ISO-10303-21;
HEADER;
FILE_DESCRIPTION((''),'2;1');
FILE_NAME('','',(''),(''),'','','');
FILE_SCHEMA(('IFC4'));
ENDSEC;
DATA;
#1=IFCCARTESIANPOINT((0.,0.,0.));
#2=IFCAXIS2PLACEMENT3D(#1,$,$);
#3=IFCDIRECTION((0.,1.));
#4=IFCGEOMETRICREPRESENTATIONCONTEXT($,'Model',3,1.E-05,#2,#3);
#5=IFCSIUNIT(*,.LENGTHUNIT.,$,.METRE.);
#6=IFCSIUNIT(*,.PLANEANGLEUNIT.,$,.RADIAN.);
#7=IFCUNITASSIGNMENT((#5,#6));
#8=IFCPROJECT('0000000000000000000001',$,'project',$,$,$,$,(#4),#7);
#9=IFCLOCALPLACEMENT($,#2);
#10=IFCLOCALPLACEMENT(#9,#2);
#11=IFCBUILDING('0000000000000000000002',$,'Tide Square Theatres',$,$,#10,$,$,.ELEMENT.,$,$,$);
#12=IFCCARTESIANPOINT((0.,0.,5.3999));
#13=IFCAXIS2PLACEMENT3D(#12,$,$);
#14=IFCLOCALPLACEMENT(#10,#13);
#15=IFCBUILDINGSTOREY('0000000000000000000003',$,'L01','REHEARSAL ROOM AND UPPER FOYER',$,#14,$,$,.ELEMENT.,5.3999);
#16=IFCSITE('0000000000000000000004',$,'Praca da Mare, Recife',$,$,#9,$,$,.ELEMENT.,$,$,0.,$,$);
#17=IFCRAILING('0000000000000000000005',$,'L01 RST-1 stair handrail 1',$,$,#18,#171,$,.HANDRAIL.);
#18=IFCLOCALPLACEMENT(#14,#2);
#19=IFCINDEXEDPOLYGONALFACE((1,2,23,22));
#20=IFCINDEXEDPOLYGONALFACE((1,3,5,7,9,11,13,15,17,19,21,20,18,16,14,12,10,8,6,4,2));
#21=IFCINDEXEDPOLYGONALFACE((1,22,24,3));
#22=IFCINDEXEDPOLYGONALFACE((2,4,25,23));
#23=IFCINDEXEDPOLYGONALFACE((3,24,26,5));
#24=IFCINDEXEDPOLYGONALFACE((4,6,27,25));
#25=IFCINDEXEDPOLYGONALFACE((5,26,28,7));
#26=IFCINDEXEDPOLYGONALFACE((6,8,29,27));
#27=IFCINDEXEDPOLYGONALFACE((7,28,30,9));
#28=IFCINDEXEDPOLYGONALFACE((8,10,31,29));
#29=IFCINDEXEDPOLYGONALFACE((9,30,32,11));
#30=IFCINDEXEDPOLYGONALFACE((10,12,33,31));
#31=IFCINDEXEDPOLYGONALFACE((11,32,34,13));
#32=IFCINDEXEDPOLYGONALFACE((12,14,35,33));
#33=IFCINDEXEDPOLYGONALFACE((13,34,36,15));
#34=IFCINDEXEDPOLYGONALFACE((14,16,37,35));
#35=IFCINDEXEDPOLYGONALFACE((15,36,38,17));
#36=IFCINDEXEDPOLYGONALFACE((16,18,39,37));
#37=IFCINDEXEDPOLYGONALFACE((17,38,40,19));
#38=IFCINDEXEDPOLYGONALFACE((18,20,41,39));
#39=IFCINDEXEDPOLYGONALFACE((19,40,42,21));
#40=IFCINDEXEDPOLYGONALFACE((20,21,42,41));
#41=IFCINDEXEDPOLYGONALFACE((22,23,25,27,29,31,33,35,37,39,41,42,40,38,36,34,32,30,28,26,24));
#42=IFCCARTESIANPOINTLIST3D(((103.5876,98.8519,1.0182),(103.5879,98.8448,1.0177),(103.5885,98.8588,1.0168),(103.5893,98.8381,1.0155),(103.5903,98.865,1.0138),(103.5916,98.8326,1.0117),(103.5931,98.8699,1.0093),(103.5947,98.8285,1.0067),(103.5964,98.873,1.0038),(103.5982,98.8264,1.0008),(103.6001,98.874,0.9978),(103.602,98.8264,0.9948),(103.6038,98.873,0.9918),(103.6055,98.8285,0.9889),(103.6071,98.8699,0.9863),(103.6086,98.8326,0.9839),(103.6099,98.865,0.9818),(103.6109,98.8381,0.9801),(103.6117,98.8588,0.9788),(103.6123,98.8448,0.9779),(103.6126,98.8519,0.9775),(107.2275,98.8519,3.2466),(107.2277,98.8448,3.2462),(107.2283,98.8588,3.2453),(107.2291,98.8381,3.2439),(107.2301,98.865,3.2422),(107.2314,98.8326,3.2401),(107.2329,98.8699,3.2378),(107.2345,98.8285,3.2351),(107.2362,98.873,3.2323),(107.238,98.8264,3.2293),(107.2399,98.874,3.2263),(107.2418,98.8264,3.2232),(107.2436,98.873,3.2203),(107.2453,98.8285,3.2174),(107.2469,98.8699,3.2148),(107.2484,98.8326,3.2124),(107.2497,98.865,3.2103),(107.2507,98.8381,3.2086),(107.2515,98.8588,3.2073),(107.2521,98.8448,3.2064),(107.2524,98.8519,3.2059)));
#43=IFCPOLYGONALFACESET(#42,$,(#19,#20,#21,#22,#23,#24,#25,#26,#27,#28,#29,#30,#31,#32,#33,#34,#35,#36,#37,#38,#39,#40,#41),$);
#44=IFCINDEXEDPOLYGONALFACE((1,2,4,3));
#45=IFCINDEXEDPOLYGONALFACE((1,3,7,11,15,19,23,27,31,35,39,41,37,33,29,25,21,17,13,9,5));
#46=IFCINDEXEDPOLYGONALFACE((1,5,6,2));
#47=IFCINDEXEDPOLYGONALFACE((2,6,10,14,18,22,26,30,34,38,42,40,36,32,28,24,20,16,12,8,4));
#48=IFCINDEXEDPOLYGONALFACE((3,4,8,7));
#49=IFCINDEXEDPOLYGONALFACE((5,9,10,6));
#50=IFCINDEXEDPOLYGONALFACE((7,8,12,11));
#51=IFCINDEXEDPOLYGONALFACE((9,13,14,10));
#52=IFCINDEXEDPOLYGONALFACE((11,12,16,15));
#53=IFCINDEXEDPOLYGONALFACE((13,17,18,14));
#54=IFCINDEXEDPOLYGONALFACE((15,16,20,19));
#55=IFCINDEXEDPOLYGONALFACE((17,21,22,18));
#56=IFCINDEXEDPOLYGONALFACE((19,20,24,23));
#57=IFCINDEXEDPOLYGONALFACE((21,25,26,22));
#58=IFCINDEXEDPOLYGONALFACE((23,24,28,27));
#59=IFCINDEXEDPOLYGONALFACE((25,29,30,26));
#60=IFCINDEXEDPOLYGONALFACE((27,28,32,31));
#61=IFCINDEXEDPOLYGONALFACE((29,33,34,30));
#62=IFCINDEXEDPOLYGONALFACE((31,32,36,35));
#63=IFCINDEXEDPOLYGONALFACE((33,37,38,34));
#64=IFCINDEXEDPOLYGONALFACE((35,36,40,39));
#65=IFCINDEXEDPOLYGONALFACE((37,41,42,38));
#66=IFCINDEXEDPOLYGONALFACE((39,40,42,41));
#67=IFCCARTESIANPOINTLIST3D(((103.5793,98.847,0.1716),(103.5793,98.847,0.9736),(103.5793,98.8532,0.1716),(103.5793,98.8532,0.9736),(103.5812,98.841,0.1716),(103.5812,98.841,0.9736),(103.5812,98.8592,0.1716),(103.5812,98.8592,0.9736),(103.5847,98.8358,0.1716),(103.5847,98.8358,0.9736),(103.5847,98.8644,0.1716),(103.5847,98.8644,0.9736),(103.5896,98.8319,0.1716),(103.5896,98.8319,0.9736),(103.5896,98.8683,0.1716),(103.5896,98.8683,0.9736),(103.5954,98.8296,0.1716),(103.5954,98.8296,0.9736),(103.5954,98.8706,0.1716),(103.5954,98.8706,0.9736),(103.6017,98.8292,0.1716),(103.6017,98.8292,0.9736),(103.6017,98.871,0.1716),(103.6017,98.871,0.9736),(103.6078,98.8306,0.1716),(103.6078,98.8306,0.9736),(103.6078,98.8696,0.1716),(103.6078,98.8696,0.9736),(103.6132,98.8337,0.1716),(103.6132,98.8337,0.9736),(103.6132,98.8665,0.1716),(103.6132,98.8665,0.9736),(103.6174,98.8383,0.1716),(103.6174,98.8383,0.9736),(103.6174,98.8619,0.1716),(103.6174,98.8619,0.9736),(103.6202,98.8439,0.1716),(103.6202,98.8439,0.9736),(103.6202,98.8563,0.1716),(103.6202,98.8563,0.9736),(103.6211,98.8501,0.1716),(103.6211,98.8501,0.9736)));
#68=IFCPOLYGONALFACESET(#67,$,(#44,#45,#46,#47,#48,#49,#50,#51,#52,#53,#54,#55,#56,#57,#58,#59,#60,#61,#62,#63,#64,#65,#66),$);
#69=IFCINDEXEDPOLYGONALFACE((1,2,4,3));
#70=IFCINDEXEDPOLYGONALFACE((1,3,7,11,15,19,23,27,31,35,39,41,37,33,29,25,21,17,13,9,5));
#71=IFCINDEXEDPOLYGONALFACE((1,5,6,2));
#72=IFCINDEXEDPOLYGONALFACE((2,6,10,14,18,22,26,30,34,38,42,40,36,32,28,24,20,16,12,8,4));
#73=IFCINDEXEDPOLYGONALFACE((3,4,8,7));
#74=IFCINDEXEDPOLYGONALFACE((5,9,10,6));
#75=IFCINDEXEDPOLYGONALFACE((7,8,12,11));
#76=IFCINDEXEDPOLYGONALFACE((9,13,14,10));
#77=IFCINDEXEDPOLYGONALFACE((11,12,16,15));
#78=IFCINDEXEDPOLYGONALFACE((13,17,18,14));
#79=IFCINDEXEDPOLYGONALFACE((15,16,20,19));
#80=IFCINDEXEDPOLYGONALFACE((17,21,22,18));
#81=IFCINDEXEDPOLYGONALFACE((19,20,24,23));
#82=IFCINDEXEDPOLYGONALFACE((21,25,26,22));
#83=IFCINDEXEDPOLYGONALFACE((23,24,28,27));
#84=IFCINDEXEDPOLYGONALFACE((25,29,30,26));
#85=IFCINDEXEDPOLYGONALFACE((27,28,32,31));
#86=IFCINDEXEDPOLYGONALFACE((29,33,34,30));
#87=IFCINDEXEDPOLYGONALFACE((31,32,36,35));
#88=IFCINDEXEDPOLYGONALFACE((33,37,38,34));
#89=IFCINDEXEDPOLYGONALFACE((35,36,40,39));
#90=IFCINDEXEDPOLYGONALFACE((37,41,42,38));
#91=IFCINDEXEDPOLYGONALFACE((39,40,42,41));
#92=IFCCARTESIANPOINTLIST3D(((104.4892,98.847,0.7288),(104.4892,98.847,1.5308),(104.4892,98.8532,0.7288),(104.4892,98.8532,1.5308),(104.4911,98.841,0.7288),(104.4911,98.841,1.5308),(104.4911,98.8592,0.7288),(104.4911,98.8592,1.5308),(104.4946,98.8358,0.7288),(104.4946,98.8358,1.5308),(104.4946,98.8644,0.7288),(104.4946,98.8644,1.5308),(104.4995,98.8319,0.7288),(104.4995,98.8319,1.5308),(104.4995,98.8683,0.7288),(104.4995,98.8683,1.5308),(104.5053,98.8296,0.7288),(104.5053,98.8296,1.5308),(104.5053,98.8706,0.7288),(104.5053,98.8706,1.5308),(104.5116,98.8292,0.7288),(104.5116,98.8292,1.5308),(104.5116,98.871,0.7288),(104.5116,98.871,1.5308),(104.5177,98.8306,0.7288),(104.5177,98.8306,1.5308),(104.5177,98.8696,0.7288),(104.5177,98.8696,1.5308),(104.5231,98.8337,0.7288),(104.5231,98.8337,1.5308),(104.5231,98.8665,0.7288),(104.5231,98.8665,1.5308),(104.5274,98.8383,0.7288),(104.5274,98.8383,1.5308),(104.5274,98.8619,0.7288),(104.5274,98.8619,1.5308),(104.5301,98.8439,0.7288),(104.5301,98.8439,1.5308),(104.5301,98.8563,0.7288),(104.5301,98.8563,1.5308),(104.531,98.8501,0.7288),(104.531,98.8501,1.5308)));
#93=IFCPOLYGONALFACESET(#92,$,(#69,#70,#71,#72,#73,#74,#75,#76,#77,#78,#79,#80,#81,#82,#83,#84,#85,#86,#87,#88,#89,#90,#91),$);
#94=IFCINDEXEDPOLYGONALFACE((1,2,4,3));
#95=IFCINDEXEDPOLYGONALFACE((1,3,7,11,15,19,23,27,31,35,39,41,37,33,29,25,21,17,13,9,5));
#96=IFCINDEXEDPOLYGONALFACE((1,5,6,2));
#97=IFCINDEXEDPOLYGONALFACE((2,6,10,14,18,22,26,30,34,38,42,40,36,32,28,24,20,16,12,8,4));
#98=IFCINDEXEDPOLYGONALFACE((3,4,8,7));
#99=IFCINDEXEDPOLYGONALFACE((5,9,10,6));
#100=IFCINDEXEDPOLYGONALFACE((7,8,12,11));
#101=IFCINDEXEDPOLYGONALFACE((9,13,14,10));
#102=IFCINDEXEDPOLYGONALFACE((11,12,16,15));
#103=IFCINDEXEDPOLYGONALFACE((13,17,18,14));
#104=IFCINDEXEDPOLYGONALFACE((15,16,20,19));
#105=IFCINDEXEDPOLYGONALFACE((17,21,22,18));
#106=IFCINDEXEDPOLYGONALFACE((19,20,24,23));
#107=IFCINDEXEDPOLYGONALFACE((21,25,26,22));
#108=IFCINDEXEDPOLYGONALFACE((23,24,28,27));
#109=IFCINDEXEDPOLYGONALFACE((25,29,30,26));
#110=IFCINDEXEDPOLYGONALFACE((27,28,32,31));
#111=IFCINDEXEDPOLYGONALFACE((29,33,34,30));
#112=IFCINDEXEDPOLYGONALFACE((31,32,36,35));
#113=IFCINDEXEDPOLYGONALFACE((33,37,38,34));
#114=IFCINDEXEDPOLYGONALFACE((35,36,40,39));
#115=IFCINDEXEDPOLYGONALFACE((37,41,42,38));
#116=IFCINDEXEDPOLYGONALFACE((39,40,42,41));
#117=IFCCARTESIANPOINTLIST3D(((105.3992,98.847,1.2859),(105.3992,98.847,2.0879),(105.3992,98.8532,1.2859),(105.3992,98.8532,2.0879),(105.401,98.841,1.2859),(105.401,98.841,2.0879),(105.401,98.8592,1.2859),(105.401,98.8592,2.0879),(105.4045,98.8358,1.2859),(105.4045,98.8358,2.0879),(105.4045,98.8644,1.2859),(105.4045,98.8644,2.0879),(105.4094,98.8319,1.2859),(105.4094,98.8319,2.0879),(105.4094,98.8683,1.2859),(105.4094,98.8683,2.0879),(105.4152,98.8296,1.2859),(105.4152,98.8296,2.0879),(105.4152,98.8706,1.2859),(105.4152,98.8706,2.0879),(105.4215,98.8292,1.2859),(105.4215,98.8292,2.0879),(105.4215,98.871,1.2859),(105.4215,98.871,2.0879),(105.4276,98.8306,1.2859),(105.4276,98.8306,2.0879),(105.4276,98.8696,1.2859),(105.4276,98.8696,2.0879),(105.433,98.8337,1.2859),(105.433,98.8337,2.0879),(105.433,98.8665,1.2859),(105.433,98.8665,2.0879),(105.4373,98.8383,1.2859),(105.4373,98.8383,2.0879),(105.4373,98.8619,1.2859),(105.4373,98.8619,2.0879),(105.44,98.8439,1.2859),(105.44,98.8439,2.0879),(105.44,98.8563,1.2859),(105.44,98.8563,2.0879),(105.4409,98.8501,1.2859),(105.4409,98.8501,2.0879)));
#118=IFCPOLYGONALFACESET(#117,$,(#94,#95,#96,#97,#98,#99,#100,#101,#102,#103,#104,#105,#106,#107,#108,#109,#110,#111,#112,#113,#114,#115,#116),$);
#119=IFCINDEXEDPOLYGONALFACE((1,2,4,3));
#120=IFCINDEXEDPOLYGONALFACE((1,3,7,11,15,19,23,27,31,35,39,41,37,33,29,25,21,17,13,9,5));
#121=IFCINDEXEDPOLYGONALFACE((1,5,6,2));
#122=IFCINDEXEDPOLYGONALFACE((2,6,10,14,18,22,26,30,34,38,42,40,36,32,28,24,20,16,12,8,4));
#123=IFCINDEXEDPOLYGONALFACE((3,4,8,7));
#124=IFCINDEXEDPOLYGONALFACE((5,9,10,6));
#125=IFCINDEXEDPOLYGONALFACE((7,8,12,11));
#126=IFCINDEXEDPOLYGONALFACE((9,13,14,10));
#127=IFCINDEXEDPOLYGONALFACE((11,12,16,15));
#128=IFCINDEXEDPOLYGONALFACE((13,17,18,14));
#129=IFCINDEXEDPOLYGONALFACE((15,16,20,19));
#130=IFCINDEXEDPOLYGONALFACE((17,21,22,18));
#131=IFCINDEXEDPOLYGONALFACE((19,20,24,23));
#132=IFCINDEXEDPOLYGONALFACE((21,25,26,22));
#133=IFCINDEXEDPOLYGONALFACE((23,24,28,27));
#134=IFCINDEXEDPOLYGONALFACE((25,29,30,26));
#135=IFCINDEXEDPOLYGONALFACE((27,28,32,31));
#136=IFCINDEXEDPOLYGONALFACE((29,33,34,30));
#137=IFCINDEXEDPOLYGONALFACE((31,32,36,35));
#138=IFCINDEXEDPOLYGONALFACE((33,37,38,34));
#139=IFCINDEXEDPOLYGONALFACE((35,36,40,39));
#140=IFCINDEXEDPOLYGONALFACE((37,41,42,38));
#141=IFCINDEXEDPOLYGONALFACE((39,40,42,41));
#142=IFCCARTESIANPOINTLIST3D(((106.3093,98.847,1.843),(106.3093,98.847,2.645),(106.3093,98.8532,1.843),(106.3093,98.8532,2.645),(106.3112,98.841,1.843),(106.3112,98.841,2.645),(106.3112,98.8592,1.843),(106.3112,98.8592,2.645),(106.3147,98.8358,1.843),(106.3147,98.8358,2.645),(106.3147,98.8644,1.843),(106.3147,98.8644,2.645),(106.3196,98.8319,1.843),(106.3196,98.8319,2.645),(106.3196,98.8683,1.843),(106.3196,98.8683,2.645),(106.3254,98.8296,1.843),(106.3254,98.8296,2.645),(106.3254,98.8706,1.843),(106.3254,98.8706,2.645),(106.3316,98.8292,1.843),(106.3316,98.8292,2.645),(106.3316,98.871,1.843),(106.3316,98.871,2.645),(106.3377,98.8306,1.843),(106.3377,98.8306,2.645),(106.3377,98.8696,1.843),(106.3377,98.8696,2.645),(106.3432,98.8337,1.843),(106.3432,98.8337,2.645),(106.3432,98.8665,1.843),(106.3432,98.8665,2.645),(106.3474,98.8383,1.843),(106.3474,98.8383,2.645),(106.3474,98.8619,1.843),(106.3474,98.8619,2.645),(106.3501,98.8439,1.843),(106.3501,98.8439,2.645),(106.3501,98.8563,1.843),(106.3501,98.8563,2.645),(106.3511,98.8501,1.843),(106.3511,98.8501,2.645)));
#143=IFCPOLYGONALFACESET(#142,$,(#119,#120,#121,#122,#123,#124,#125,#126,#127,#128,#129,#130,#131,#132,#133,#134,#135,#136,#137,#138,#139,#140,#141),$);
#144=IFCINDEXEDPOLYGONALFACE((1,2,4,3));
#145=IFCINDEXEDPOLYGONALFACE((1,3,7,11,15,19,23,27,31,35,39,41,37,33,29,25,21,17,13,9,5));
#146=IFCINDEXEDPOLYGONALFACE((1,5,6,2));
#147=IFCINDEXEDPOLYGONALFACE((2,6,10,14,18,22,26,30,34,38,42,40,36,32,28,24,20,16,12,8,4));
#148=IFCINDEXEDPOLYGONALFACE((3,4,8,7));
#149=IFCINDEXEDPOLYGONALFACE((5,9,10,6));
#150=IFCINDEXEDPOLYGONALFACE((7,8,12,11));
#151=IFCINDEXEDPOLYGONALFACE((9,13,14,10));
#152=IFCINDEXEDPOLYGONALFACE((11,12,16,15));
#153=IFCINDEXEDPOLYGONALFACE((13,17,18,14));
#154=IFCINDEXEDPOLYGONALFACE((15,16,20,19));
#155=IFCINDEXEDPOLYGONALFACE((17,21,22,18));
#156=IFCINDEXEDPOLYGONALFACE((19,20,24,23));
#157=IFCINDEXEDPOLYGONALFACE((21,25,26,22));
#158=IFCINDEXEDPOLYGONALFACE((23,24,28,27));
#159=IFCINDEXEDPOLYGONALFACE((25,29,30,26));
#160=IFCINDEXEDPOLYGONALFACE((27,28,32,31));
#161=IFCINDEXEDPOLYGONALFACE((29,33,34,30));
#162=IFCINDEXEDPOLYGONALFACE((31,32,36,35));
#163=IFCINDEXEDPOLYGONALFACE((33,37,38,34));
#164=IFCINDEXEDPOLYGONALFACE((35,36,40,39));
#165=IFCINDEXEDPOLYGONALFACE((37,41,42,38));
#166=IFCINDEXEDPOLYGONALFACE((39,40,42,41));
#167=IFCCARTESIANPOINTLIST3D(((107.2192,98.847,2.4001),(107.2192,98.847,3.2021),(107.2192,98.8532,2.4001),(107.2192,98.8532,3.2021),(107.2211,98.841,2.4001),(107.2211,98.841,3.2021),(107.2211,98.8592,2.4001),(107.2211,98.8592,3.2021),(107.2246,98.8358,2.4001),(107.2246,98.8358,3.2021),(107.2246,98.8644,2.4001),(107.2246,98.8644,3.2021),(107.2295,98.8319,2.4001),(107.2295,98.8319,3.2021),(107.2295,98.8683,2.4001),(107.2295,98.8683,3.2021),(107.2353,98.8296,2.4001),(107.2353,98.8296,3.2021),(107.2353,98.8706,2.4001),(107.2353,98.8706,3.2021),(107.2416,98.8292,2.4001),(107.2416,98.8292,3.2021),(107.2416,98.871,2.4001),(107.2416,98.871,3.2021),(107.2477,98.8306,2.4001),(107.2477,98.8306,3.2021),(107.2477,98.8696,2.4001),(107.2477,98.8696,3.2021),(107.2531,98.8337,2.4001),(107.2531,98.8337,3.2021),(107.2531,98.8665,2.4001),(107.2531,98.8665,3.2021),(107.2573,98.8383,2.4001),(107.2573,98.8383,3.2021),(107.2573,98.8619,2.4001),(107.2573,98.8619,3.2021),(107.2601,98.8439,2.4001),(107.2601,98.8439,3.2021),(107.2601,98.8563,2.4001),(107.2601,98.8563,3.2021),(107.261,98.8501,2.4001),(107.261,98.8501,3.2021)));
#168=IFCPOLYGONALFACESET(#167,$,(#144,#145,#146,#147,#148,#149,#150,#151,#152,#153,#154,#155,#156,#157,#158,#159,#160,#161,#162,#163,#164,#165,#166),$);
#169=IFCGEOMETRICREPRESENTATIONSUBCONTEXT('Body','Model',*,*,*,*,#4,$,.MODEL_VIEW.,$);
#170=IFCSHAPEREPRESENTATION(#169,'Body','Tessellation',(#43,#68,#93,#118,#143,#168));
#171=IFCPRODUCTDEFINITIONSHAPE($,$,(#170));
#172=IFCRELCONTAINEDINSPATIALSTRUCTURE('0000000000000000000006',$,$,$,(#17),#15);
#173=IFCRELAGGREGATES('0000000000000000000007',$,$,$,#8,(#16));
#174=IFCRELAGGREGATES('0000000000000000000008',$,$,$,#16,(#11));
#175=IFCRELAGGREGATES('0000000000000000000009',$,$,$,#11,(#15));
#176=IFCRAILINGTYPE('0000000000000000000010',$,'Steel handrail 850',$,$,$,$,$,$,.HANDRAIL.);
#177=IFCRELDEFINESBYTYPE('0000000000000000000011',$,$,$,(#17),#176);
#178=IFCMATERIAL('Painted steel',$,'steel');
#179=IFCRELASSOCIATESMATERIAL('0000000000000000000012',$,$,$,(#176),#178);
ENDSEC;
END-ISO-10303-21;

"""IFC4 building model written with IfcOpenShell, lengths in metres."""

from ifc_helpers import new_model, si_unit, direction, frame, origin, origin_2d, place, context, subcontext, project, spatial, circle, extrude, material, type_object, element, save


model = new_model("IFC4")

# Units and contexts
model_context = context("Model", 3, precision=1e-05, world=origin(), true_north=direction((0.0, 1.0)))
body_context = subcontext(model_context, "Body", "Model", "MODEL_VIEW")
ifc_project = project(units=[si_unit("LENGTHUNIT", "METRE"), si_unit("PLANEANGLEUNIT", "RADIAN")], contexts=[model_context])

# Site, building, storey
site_placement = place(None, origin())
site = spatial("IfcSite", under=ifc_project, at=site_placement, Name="Praca da Mare, Recife", CompositionType="ELEMENT", RefElevation=0.0)
building_placement = place(site_placement, origin())
building = spatial("IfcBuilding", under=site, at=building_placement, Name="Tide Square Theatres", CompositionType="ELEMENT")
storey_placement = place(building_placement, frame((0.0, 0.0, 5.3999)))
storey = spatial("IfcBuildingStorey", under=building, at=storey_placement, Name="L01", Description="REHEARSAL ROOM AND UPPER FOYER", CompositionType="ELEMENT", Elevation=5.3999)

# Railing
ifc_material_1 = material(Name="Painted steel", Category="steel")
railing_type_1 = type_object("IfcRailingType", Name="Steel handrail 850", PredefinedType="HANDRAIL", material=ifc_material_1)
railing_1_placement = place(storey_placement, frame((103.6001, 98.8501, 0.1716)))
element("IfcRailing", 1, at=railing_1_placement, inside=storey, type_object=railing_type_1, Name="L01 RST-1 stair handrail 1", PredefinedType="HANDRAIL", context=body_context, shape_type="SweptSolid", body=[
    extrude(circle(Radius=0.0239, at=origin_2d()), frame((0.0, 0.0, 0.8262), z_axis=(0.85285, 0.0, 0.522156), x_axis=(0.0, 1.0, 0.0)), (0.0, 0.0, 1.0), 4.2678),
    extrude(circle(Radius=0.021, at=origin_2d()), origin(), (0.0, 0.0, 1.0), 0.802),
    extrude(circle(Radius=0.021, at=origin_2d()), frame((0.9099, 0.0, 0.5571)), (0.0, 0.0, 1.0), 0.802),
    extrude(circle(Radius=0.021, at=origin_2d()), frame((1.8198, 0.0, 1.1143)), (0.0, 0.0, 1.0), 0.802),
    extrude(circle(Radius=0.021, at=origin_2d()), frame((2.73, 0.0, 1.6714)), (0.0, 0.0, 1.0), 0.802),
    extrude(circle(Radius=0.021, at=origin_2d()), frame((3.6399, 0.0, 2.2285)), (0.0, 0.0, 1.0), 0.802),
])

save(model, "model.ifc")
